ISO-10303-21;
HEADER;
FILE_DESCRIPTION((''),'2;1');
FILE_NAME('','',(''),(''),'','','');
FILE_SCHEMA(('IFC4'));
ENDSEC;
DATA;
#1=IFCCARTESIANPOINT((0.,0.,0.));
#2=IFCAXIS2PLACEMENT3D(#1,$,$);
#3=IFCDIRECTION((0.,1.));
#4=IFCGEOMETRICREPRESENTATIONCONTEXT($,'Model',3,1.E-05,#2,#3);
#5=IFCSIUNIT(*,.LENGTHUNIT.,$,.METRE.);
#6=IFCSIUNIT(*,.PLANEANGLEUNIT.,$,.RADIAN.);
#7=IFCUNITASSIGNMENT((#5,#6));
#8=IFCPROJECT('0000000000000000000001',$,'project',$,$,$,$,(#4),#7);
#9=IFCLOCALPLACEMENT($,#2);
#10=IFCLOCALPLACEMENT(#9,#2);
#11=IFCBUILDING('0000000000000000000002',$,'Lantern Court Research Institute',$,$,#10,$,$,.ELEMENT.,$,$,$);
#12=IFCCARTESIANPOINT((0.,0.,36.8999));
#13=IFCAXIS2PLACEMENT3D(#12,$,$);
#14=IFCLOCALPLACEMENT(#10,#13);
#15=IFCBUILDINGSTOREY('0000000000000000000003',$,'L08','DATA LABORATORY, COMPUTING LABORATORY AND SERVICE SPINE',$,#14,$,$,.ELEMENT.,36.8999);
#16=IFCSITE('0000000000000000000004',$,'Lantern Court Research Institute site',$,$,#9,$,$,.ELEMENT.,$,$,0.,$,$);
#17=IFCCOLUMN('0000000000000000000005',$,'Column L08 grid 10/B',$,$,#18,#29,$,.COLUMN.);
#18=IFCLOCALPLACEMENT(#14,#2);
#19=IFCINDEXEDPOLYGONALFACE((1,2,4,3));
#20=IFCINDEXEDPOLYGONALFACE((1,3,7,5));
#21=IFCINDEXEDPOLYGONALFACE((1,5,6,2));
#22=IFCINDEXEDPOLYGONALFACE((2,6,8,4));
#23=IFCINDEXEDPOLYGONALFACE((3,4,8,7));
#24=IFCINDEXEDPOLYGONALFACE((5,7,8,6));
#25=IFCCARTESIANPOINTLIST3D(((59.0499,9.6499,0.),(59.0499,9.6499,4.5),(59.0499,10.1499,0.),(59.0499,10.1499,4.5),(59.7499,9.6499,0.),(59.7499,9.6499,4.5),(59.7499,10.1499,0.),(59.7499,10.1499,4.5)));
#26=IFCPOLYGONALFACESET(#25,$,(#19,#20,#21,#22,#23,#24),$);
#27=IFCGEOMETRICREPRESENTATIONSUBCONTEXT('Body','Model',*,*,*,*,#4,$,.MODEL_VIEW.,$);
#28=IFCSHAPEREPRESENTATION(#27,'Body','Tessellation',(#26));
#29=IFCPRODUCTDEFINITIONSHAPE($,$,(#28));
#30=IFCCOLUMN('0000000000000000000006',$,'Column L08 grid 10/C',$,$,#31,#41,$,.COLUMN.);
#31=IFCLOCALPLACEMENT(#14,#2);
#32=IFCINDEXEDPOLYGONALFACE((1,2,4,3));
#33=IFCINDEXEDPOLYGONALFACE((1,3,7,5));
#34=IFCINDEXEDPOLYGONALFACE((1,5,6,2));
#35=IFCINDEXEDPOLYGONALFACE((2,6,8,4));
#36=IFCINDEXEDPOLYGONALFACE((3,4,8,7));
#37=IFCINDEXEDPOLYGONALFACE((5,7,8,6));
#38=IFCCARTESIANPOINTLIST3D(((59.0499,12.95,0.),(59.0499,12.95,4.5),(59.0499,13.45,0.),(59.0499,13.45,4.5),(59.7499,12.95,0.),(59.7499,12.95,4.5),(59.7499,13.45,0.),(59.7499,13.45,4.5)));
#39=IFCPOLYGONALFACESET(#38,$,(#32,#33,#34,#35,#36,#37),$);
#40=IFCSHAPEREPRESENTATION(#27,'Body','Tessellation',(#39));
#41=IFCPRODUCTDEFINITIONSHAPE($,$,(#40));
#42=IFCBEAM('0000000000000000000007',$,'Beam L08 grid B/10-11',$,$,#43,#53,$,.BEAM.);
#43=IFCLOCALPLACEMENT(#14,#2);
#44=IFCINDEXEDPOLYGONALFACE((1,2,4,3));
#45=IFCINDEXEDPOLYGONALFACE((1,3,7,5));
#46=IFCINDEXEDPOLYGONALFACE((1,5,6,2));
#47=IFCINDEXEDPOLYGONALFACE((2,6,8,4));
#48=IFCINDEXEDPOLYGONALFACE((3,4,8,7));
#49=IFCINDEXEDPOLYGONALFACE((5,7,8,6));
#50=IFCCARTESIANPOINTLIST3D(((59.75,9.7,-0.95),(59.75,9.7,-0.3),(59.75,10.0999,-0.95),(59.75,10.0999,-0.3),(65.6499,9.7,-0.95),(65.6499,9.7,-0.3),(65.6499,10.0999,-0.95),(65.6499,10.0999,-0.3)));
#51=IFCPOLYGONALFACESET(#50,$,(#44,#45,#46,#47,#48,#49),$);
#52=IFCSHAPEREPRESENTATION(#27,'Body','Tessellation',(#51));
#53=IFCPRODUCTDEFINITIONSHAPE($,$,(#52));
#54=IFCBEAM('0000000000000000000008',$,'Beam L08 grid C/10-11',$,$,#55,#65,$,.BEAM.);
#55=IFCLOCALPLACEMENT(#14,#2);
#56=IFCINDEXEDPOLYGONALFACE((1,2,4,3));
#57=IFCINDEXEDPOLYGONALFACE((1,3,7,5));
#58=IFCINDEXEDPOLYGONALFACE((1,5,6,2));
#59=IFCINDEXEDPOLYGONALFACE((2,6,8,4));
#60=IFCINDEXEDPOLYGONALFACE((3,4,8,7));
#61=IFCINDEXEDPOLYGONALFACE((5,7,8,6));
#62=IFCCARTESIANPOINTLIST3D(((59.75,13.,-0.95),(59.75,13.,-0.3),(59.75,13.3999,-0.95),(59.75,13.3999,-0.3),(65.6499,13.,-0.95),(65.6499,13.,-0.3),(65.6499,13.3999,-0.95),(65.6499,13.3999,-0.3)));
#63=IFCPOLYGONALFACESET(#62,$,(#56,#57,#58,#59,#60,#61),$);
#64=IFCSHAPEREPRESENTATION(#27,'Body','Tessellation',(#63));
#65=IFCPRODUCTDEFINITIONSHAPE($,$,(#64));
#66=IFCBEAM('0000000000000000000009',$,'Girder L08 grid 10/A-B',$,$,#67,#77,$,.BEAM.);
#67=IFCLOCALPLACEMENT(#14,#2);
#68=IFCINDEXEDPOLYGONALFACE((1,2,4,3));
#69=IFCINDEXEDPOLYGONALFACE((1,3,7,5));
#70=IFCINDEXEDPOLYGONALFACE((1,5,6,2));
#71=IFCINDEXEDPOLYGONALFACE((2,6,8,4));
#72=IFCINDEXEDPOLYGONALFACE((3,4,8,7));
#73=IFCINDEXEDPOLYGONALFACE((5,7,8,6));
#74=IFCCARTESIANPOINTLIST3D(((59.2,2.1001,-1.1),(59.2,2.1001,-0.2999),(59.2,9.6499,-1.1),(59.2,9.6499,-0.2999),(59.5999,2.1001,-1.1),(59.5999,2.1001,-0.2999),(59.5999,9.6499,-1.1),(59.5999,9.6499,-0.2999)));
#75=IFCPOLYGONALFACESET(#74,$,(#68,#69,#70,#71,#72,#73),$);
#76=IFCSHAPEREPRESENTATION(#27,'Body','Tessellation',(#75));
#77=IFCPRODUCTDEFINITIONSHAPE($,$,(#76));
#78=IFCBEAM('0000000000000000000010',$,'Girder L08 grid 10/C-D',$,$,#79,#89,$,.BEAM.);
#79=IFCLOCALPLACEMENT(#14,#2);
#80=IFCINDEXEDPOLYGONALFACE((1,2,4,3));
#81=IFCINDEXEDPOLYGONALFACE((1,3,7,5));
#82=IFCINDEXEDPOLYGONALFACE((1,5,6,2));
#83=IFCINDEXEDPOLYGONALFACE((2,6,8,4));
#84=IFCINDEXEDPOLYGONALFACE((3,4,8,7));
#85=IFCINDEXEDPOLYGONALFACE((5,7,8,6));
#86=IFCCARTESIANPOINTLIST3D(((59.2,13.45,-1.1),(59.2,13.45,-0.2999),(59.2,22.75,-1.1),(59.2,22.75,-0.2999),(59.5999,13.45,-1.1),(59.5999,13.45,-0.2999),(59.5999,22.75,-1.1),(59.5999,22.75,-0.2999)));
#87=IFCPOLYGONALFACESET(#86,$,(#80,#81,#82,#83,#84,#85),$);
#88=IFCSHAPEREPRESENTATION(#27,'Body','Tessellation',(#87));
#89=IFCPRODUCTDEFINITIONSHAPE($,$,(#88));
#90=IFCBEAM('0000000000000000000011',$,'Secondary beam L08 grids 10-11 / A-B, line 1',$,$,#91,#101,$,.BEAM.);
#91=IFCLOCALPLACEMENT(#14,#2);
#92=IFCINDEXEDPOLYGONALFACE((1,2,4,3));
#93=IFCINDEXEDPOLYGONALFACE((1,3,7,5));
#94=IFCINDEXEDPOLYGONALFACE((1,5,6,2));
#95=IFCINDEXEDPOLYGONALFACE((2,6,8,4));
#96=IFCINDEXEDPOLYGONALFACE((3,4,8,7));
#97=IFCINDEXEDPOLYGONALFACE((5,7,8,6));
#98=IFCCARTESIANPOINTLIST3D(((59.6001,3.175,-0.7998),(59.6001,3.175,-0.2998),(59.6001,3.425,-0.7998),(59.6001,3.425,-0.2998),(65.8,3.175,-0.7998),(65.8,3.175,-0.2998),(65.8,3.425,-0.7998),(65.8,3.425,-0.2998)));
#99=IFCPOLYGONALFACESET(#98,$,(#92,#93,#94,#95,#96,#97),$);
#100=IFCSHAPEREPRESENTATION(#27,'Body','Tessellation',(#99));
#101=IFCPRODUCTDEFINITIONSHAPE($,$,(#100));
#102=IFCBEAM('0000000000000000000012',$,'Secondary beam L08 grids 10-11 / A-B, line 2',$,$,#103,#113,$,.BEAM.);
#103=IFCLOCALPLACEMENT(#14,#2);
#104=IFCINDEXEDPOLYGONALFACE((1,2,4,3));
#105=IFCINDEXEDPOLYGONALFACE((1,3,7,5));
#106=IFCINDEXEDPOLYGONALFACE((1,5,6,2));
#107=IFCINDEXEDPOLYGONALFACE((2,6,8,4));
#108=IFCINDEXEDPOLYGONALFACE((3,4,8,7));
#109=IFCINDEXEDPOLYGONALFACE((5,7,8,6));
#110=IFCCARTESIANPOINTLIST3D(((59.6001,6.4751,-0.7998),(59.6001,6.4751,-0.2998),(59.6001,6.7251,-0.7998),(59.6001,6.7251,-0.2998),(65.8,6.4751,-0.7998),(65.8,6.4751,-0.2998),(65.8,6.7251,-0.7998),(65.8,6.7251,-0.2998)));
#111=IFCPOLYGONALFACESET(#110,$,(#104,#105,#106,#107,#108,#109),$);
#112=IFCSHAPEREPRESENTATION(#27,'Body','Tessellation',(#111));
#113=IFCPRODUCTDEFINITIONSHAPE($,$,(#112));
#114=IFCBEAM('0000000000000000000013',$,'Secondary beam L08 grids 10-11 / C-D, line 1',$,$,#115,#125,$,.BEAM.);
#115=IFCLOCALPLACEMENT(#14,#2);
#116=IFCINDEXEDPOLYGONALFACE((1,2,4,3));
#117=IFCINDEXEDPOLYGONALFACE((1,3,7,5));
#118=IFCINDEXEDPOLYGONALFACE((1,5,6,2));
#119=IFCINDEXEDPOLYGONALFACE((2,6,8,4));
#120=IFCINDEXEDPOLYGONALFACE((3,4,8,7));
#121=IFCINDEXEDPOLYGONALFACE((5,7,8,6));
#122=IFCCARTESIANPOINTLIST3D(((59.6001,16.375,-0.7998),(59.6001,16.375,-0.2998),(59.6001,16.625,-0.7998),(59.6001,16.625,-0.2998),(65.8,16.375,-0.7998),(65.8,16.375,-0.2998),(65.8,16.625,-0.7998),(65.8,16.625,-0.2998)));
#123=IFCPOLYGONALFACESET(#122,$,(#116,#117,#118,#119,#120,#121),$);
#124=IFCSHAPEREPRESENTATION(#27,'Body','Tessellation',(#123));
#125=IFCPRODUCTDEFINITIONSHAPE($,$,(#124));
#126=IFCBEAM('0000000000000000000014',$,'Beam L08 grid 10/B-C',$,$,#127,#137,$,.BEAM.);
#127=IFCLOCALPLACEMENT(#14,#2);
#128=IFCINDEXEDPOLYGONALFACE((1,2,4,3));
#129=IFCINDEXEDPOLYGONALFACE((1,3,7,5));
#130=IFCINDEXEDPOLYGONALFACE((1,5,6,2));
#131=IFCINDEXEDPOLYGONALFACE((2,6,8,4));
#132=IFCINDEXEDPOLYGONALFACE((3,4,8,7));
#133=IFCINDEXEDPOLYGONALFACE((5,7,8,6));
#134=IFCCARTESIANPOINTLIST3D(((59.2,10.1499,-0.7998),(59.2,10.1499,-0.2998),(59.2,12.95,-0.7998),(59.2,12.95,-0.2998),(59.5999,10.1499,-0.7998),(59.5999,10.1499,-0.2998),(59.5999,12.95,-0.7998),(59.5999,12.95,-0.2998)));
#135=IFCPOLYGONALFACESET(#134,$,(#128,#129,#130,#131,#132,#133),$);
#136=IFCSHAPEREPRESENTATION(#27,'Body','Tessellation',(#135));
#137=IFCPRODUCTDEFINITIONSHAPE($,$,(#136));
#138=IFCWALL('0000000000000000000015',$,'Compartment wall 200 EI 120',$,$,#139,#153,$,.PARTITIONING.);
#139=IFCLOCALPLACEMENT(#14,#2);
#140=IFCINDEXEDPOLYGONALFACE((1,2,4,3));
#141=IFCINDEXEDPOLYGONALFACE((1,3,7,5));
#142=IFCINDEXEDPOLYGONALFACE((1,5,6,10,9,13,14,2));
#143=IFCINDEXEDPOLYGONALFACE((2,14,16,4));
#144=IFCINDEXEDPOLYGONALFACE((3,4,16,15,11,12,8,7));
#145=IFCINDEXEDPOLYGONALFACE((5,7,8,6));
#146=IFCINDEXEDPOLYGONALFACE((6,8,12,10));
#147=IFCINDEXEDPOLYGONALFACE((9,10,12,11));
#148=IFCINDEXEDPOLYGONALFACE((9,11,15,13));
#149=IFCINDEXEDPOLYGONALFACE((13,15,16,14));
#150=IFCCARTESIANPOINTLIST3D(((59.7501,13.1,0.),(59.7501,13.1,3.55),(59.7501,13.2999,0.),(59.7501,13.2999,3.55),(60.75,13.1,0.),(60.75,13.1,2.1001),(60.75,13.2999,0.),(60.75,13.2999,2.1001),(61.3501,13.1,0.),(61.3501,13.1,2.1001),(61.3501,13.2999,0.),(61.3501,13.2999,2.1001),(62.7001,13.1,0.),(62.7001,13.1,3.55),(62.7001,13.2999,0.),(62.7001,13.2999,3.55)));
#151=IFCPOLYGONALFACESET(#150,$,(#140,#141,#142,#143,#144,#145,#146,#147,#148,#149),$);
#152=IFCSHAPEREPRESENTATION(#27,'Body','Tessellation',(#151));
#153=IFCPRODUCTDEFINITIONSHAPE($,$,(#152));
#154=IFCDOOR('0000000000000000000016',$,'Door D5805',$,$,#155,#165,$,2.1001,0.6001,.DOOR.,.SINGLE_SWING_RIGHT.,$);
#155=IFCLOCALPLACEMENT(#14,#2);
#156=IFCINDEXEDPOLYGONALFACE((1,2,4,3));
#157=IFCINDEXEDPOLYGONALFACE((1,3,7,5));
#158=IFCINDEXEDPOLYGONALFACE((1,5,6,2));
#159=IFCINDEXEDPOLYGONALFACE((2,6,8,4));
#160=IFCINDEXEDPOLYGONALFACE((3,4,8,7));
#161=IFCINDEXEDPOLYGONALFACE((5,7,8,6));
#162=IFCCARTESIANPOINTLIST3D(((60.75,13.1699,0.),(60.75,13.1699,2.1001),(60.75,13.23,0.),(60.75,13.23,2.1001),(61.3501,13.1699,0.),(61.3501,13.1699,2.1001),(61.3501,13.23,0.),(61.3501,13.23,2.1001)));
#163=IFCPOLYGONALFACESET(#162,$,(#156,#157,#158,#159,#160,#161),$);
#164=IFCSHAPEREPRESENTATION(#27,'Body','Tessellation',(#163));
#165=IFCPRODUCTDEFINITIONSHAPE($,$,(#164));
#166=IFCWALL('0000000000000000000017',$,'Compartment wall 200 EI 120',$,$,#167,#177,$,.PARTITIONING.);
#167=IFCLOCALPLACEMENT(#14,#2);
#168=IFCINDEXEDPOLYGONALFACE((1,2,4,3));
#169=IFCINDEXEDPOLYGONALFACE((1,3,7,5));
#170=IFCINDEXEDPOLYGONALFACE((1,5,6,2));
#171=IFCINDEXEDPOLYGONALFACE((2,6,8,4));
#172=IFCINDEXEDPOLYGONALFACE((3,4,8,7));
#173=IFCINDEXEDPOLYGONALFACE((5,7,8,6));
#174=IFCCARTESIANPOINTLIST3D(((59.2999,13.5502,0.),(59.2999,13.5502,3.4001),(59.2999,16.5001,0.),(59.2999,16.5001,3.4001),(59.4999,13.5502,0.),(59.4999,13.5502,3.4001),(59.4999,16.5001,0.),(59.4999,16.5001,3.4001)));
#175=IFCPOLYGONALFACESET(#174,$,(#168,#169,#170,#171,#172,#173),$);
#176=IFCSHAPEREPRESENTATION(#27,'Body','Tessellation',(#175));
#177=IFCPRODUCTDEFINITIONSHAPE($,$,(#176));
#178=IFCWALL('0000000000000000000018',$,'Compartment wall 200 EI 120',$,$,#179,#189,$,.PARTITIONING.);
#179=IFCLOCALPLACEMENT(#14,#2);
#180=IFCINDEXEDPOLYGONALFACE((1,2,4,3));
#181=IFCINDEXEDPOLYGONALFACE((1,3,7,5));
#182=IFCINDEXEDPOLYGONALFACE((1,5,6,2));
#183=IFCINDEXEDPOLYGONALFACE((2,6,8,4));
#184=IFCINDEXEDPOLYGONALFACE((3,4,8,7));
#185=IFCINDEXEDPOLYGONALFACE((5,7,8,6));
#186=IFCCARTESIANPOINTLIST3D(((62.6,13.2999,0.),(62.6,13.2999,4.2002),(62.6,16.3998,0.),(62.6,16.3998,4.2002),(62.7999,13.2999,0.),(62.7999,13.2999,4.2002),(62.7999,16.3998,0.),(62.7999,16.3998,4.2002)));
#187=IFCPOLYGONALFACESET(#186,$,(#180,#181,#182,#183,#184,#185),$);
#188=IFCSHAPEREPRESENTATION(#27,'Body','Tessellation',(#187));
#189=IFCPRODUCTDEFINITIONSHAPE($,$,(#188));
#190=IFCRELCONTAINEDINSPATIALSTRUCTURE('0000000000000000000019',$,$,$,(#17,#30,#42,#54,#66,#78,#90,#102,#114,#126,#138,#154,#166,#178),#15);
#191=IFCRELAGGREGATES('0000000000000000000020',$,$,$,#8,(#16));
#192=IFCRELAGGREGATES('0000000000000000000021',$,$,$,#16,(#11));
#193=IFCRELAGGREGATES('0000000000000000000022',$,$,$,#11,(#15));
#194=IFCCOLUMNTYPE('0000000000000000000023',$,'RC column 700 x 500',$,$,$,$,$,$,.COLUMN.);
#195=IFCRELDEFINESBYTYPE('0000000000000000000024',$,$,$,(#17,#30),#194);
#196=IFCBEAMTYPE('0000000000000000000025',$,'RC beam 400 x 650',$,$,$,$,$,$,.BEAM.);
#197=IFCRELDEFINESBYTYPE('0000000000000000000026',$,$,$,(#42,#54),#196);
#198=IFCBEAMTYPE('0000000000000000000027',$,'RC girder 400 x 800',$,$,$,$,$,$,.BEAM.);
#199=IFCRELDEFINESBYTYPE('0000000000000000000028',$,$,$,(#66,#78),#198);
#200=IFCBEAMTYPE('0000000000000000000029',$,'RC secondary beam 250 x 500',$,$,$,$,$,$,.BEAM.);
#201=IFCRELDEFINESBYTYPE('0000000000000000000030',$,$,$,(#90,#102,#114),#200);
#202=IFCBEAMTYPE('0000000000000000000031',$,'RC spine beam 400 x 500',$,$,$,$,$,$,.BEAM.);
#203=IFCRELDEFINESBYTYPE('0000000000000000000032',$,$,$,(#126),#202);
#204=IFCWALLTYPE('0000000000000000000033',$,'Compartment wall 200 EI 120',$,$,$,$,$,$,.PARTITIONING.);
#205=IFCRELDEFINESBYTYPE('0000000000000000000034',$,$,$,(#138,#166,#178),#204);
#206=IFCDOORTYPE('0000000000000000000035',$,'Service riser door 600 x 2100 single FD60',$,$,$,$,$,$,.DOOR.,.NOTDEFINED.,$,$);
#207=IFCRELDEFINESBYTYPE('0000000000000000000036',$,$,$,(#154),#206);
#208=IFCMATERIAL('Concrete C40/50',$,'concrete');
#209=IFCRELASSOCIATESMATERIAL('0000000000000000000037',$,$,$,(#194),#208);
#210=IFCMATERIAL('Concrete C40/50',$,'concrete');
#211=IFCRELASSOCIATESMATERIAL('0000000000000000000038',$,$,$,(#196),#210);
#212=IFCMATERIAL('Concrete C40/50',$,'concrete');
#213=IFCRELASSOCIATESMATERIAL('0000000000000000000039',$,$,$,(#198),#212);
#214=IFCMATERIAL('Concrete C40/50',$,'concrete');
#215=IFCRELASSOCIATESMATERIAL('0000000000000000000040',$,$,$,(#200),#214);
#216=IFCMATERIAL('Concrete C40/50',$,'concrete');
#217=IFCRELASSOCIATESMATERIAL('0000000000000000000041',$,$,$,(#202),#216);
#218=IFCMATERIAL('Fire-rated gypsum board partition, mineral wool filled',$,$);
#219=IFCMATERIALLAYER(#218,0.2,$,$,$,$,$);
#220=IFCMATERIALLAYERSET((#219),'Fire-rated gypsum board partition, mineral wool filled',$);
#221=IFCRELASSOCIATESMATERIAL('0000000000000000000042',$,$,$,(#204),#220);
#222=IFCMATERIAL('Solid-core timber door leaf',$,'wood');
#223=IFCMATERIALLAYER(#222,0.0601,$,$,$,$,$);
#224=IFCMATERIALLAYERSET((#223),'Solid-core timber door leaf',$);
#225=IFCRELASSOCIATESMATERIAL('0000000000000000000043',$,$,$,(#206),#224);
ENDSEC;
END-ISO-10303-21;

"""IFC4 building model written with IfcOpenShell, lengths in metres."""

from ifc_helpers import new_model, si_unit, direction, frame, frame_2d, origin, origin_2d, place, context, subcontext, project, spatial, rectangle, extrude, material, layer, layer_set, material_profile, profile_set, type_object, element, fill, save


model = new_model("IFC4")

# Units and contexts
model_context = context("Model", 3, precision=1e-05, world=origin(), true_north=direction((0.0, 1.0)))
body_context = subcontext(model_context, "Body", "Model", "MODEL_VIEW")
ifc_project = project(units=[si_unit("LENGTHUNIT", "METRE"), si_unit("PLANEANGLEUNIT", "RADIAN")], contexts=[model_context])

# Site, building, storey
site_placement = place(None, origin())
site = spatial("IfcSite", under=ifc_project, at=site_placement, Name="Lantern Court Research Institute site", CompositionType="ELEMENT", RefElevation=0.0)
building_placement = place(site_placement, origin())
building = spatial("IfcBuilding", under=site, at=building_placement, Name="Lantern Court Research Institute", CompositionType="ELEMENT")
storey_placement = place(building_placement, frame((0.0, 0.0, 36.8999)))
storey = spatial("IfcBuildingStorey", under=building, at=storey_placement, Name="L08", Description="DATA LABORATORY, COMPUTING LABORATORY AND SERVICE SPINE", CompositionType="ELEMENT", Elevation=36.8999)

# Columns
ifc_material_1 = material(Name="Concrete C40/50", Category="concrete")
ifc_material_profile_1 = material_profile(ifc_material_1, rectangle(XDim=0.7, YDim=0.5, at=origin_2d()), Name="RC column 700 x 500")
ifc_profile_set_1 = profile_set([ifc_material_profile_1], Name="Concrete C40/50")
column_type = type_object("IfcColumnType", Name="RC column 700 x 500", PredefinedType="COLUMN", material=ifc_profile_set_1)
for number, where, z_axis, x_axis, name in (
    (1, (59.3999, 9.8999, 0.0), (0.0, 0.0, 1.0), (1.0, 0.0, 0.0), "Column L08 grid 10/B"),
    (2, (59.3999, 13.2, 0.0), (0.0, 0.0, 1.0), (1.0, 0.0, 0.0), "Column L08 grid 10/C"),
):
    element("IfcColumn", number, at=place(storey_placement, frame(where, z_axis=z_axis, x_axis=x_axis)), inside=storey, type_object=column_type, Name=name, PredefinedType="COLUMN", context=body_context, shape_type="SweptSolid", body=[
        extrude(rectangle(XDim=0.7, YDim=0.5, at=origin_2d()), origin(), (0.0, 0.0, 1.0), 4.5),
    ])

# Beams
ifc_material_2 = material(Name="Concrete C40/50", Category="concrete")
ifc_material_profile_2 = material_profile(ifc_material_2, rectangle(XDim=0.3999, YDim=0.6499, at=origin_2d()), Name="RC beam 400 x 650")
ifc_profile_set_2 = profile_set([ifc_material_profile_2], Name="Concrete C40/50")
beam_type_1 = type_object("IfcBeamType", Name="RC beam 400 x 650", PredefinedType="BEAM", material=ifc_profile_set_2)
for number, where, z_axis, x_axis, name in (
    (3, (59.75, 9.8999, -0.625), (1.0, 0.0, 0.0), (0.0, 1.0, 0.0), "Beam L08 grid B/10-11"),
    (4, (59.75, 13.2, -0.625), (1.0, 0.0, 0.0), (0.0, 1.0, 0.0), "Beam L08 grid C/10-11"),
):
    element("IfcBeam", number, at=place(storey_placement, frame(where, z_axis=z_axis, x_axis=x_axis)), inside=storey, type_object=beam_type_1, Name=name, PredefinedType="BEAM", context=body_context, shape_type="SweptSolid", body=[
        extrude(rectangle(XDim=0.3999, YDim=0.6499, at=origin_2d()), origin(), (0.0, 0.0, 1.0), 5.8999),
    ])
ifc_material_3 = material(Name="Concrete C40/50", Category="concrete")
ifc_material_profile_3 = material_profile(ifc_material_3, rectangle(XDim=0.3999, YDim=0.8, at=origin_2d()), Name="RC beam 400 x 800")
ifc_profile_set_3 = profile_set([ifc_material_profile_3], Name="Concrete C40/50")
beam_type_2 = type_object("IfcBeamType", Name="RC girder 400 x 800", PredefinedType="BEAM", material=ifc_profile_set_3)
beam_1_placement = place(storey_placement, frame((59.3999, 2.1001, -0.7), z_axis=(0.0, 1.0, 0.0), x_axis=(-1.0, 0.0, 0.0)))
element("IfcBeam", 5, at=beam_1_placement, inside=storey, type_object=beam_type_2, Name="Girder L08 grid 10/A-B", PredefinedType="BEAM", context=body_context, shape_type="SweptSolid", body=[
    extrude(rectangle(XDim=0.3999, YDim=0.8, at=origin_2d()), origin(), (0.0, 0.0, 1.0), 7.5498),
])
beam_2_placement = place(storey_placement, frame((59.3999, 13.45, -0.7), z_axis=(0.0, 1.0, 0.0), x_axis=(-1.0, 0.0, 0.0)))
element("IfcBeam", 6, at=beam_2_placement, inside=storey, type_object=beam_type_2, Name="Girder L08 grid 10/C-D", PredefinedType="BEAM", context=body_context, shape_type="SweptSolid", body=[
    extrude(rectangle(XDim=0.3999, YDim=0.8, at=origin_2d()), origin(), (0.0, 0.0, 1.0), 9.3),
])
ifc_material_4 = material(Name="Concrete C40/50", Category="concrete")
ifc_material_profile_4 = material_profile(ifc_material_4, rectangle(XDim=0.25, YDim=0.5, at=origin_2d()), Name="RC beam 250 x 500")
ifc_profile_set_4 = profile_set([ifc_material_profile_4], Name="Concrete C40/50")
beam_type_3 = type_object("IfcBeamType", Name="RC secondary beam 250 x 500", PredefinedType="BEAM", material=ifc_profile_set_4)
for number, where, z_axis, x_axis, name in (
    (7, (59.6001, 3.3, -0.5498), (1.0, 0.0, 0.0), (0.0, 1.0, 0.0), "Secondary beam L08 grids 10-11 / A-B, line 1"),
    (8, (59.6001, 6.6001, -0.5498), (1.0, 0.0, 0.0), (0.0, 1.0, 0.0), "Secondary beam L08 grids 10-11 / A-B, line 2"),
    (9, (59.6001, 16.5, -0.5498), (1.0, 0.0, 0.0), (0.0, 1.0, 0.0), "Secondary beam L08 grids 10-11 / C-D, line 1"),
):
    element("IfcBeam", number, at=place(storey_placement, frame(where, z_axis=z_axis, x_axis=x_axis)), inside=storey, type_object=beam_type_3, Name=name, PredefinedType="BEAM", context=body_context, shape_type="SweptSolid", body=[
        extrude(rectangle(XDim=0.25, YDim=0.5, at=origin_2d()), origin(), (0.0, 0.0, 1.0), 6.2),
    ])
ifc_material_5 = material(Name="Concrete C40/50", Category="concrete")
ifc_material_profile_5 = material_profile(ifc_material_5, rectangle(XDim=0.3999, YDim=0.5, at=origin_2d()), Name="RC beam 400 x 500")
ifc_profile_set_5 = profile_set([ifc_material_profile_5], Name="Concrete C40/50")
beam_type_4 = type_object("IfcBeamType", Name="RC spine beam 400 x 500", PredefinedType="BEAM", material=ifc_profile_set_5)
beam_3_placement = place(storey_placement, frame((59.3999, 10.1499, -0.5498), z_axis=(0.0, 1.0, 0.0), x_axis=(-1.0, 0.0, 0.0)))
element("IfcBeam", 10, at=beam_3_placement, inside=storey, type_object=beam_type_4, Name="Beam L08 grid 10/B-C", PredefinedType="BEAM", context=body_context, shape_type="SweptSolid", body=[
    extrude(rectangle(XDim=0.3999, YDim=0.5, at=origin_2d()), origin(), (0.0, 0.0, 1.0), 2.8),
])

# Wall, opening, door
ifc_material_6 = material(Name="Fire-rated gypsum board partition, mineral wool filled")
ifc_layer_1 = layer(ifc_material_6, 0.2)
ifc_layer_set_1 = layer_set([ifc_layer_1], Name="Fire-rated gypsum board partition, mineral wool filled")
wall_type_1 = type_object("IfcWallType", Name="Compartment wall 200 EI 120", PredefinedType="PARTITIONING", material=ifc_layer_set_1)
wall_1_placement = place(storey_placement, frame((59.75, 13.2, 0.0), z_axis=(0.0, 0.0, 1.0), x_axis=(1.0, 0.0, 0.0)))
wall_1 = element("IfcWall", 11, at=wall_1_placement, inside=storey, type_object=wall_type_1, Name="Compartment wall 200 EI 120", PredefinedType="PARTITIONING", context=body_context, shape_type="SweptSolid", body=[
    extrude(rectangle(XDim=2.95, YDim=0.2, at=frame_2d((1.4751, 0.0))), origin(), (0.0, 0.0, 1.0), 3.55),
])
opening_1_placement = place(wall_1_placement, frame((1.0, 0.0, 0.0)))
opening_1 = element("IfcOpeningElement", 12, at=opening_1_placement, cuts=wall_1, PredefinedType="OPENING", context=body_context, shape_type="SweptSolid", body=[
    extrude(rectangle(XDim=0.6001, YDim=2.1001, at=frame_2d((0.3, 1.05))), frame((0.0, 0.1099, 0.0), z_axis=(0.0, -1.0, 0.0), x_axis=(1.0, 0.0, 0.0)), (0.0, 0.0, 1.0), 0.22),
])
ifc_material_7 = material(Name="Solid-core timber door leaf", Category="wood")
ifc_layer_2 = layer(ifc_material_7, 0.0601)
ifc_layer_set_2 = layer_set([ifc_layer_2], Name="Solid-core timber door leaf")
door_type_1 = type_object("IfcDoorType", Name="Service riser door 600 x 2100 single FD60", OperationType="NOTDEFINED", PredefinedType="DOOR", material=ifc_layer_set_2)
door_1_placement = place(opening_1_placement, origin())
door_1 = element("IfcDoor", 13, at=door_1_placement, inside=storey, type_object=door_type_1, Name="Door D5805", OperationType="SINGLE_SWING_RIGHT", OverallHeight=2.1001, OverallWidth=0.6001, PredefinedType="DOOR", context=body_context, shape_type="SweptSolid", body=[
    extrude(rectangle(XDim=0.6001, YDim=2.1001, at=frame_2d((0.3, 1.05))), frame((0.0, 0.03, 0.0), z_axis=(0.0, -1.0, 0.0), x_axis=(1.0, 0.0, 0.0)), (0.0, 0.0, 1.0), 0.0601),
])
fill(opening_1, door_1)

# Walls
wall_2_placement = place(storey_placement, frame((59.3999, 13.55, 0.0), z_axis=(0.0, 0.0, 1.0), x_axis=(0.0, 1.0, 0.0)))
element("IfcWall", 14, at=wall_2_placement, inside=storey, type_object=wall_type_1, Name="Compartment wall 200 EI 120", PredefinedType="PARTITIONING", context=body_context, shape_type="SweptSolid", body=[
    extrude(rectangle(XDim=2.95, YDim=0.2, at=frame_2d((1.4751, 0.0))), origin(), (0.0, 0.0, 1.0), 3.4001),
])
wall_3_placement = place(storey_placement, frame((62.7, 13.3, 0.0), z_axis=(0.0, 0.0, 1.0), x_axis=(0.0, 1.0, 0.0)))
element("IfcWall", 15, at=wall_3_placement, inside=storey, type_object=wall_type_1, Name="Compartment wall 200 EI 120", PredefinedType="PARTITIONING", context=body_context, shape_type="SweptSolid", body=[
    extrude(rectangle(XDim=3.0999, YDim=0.2, at=frame_2d((1.5498, 0.0))), origin(), (0.0, 0.0, 1.0), 4.2002),
])

save(model, "model.ifc")
